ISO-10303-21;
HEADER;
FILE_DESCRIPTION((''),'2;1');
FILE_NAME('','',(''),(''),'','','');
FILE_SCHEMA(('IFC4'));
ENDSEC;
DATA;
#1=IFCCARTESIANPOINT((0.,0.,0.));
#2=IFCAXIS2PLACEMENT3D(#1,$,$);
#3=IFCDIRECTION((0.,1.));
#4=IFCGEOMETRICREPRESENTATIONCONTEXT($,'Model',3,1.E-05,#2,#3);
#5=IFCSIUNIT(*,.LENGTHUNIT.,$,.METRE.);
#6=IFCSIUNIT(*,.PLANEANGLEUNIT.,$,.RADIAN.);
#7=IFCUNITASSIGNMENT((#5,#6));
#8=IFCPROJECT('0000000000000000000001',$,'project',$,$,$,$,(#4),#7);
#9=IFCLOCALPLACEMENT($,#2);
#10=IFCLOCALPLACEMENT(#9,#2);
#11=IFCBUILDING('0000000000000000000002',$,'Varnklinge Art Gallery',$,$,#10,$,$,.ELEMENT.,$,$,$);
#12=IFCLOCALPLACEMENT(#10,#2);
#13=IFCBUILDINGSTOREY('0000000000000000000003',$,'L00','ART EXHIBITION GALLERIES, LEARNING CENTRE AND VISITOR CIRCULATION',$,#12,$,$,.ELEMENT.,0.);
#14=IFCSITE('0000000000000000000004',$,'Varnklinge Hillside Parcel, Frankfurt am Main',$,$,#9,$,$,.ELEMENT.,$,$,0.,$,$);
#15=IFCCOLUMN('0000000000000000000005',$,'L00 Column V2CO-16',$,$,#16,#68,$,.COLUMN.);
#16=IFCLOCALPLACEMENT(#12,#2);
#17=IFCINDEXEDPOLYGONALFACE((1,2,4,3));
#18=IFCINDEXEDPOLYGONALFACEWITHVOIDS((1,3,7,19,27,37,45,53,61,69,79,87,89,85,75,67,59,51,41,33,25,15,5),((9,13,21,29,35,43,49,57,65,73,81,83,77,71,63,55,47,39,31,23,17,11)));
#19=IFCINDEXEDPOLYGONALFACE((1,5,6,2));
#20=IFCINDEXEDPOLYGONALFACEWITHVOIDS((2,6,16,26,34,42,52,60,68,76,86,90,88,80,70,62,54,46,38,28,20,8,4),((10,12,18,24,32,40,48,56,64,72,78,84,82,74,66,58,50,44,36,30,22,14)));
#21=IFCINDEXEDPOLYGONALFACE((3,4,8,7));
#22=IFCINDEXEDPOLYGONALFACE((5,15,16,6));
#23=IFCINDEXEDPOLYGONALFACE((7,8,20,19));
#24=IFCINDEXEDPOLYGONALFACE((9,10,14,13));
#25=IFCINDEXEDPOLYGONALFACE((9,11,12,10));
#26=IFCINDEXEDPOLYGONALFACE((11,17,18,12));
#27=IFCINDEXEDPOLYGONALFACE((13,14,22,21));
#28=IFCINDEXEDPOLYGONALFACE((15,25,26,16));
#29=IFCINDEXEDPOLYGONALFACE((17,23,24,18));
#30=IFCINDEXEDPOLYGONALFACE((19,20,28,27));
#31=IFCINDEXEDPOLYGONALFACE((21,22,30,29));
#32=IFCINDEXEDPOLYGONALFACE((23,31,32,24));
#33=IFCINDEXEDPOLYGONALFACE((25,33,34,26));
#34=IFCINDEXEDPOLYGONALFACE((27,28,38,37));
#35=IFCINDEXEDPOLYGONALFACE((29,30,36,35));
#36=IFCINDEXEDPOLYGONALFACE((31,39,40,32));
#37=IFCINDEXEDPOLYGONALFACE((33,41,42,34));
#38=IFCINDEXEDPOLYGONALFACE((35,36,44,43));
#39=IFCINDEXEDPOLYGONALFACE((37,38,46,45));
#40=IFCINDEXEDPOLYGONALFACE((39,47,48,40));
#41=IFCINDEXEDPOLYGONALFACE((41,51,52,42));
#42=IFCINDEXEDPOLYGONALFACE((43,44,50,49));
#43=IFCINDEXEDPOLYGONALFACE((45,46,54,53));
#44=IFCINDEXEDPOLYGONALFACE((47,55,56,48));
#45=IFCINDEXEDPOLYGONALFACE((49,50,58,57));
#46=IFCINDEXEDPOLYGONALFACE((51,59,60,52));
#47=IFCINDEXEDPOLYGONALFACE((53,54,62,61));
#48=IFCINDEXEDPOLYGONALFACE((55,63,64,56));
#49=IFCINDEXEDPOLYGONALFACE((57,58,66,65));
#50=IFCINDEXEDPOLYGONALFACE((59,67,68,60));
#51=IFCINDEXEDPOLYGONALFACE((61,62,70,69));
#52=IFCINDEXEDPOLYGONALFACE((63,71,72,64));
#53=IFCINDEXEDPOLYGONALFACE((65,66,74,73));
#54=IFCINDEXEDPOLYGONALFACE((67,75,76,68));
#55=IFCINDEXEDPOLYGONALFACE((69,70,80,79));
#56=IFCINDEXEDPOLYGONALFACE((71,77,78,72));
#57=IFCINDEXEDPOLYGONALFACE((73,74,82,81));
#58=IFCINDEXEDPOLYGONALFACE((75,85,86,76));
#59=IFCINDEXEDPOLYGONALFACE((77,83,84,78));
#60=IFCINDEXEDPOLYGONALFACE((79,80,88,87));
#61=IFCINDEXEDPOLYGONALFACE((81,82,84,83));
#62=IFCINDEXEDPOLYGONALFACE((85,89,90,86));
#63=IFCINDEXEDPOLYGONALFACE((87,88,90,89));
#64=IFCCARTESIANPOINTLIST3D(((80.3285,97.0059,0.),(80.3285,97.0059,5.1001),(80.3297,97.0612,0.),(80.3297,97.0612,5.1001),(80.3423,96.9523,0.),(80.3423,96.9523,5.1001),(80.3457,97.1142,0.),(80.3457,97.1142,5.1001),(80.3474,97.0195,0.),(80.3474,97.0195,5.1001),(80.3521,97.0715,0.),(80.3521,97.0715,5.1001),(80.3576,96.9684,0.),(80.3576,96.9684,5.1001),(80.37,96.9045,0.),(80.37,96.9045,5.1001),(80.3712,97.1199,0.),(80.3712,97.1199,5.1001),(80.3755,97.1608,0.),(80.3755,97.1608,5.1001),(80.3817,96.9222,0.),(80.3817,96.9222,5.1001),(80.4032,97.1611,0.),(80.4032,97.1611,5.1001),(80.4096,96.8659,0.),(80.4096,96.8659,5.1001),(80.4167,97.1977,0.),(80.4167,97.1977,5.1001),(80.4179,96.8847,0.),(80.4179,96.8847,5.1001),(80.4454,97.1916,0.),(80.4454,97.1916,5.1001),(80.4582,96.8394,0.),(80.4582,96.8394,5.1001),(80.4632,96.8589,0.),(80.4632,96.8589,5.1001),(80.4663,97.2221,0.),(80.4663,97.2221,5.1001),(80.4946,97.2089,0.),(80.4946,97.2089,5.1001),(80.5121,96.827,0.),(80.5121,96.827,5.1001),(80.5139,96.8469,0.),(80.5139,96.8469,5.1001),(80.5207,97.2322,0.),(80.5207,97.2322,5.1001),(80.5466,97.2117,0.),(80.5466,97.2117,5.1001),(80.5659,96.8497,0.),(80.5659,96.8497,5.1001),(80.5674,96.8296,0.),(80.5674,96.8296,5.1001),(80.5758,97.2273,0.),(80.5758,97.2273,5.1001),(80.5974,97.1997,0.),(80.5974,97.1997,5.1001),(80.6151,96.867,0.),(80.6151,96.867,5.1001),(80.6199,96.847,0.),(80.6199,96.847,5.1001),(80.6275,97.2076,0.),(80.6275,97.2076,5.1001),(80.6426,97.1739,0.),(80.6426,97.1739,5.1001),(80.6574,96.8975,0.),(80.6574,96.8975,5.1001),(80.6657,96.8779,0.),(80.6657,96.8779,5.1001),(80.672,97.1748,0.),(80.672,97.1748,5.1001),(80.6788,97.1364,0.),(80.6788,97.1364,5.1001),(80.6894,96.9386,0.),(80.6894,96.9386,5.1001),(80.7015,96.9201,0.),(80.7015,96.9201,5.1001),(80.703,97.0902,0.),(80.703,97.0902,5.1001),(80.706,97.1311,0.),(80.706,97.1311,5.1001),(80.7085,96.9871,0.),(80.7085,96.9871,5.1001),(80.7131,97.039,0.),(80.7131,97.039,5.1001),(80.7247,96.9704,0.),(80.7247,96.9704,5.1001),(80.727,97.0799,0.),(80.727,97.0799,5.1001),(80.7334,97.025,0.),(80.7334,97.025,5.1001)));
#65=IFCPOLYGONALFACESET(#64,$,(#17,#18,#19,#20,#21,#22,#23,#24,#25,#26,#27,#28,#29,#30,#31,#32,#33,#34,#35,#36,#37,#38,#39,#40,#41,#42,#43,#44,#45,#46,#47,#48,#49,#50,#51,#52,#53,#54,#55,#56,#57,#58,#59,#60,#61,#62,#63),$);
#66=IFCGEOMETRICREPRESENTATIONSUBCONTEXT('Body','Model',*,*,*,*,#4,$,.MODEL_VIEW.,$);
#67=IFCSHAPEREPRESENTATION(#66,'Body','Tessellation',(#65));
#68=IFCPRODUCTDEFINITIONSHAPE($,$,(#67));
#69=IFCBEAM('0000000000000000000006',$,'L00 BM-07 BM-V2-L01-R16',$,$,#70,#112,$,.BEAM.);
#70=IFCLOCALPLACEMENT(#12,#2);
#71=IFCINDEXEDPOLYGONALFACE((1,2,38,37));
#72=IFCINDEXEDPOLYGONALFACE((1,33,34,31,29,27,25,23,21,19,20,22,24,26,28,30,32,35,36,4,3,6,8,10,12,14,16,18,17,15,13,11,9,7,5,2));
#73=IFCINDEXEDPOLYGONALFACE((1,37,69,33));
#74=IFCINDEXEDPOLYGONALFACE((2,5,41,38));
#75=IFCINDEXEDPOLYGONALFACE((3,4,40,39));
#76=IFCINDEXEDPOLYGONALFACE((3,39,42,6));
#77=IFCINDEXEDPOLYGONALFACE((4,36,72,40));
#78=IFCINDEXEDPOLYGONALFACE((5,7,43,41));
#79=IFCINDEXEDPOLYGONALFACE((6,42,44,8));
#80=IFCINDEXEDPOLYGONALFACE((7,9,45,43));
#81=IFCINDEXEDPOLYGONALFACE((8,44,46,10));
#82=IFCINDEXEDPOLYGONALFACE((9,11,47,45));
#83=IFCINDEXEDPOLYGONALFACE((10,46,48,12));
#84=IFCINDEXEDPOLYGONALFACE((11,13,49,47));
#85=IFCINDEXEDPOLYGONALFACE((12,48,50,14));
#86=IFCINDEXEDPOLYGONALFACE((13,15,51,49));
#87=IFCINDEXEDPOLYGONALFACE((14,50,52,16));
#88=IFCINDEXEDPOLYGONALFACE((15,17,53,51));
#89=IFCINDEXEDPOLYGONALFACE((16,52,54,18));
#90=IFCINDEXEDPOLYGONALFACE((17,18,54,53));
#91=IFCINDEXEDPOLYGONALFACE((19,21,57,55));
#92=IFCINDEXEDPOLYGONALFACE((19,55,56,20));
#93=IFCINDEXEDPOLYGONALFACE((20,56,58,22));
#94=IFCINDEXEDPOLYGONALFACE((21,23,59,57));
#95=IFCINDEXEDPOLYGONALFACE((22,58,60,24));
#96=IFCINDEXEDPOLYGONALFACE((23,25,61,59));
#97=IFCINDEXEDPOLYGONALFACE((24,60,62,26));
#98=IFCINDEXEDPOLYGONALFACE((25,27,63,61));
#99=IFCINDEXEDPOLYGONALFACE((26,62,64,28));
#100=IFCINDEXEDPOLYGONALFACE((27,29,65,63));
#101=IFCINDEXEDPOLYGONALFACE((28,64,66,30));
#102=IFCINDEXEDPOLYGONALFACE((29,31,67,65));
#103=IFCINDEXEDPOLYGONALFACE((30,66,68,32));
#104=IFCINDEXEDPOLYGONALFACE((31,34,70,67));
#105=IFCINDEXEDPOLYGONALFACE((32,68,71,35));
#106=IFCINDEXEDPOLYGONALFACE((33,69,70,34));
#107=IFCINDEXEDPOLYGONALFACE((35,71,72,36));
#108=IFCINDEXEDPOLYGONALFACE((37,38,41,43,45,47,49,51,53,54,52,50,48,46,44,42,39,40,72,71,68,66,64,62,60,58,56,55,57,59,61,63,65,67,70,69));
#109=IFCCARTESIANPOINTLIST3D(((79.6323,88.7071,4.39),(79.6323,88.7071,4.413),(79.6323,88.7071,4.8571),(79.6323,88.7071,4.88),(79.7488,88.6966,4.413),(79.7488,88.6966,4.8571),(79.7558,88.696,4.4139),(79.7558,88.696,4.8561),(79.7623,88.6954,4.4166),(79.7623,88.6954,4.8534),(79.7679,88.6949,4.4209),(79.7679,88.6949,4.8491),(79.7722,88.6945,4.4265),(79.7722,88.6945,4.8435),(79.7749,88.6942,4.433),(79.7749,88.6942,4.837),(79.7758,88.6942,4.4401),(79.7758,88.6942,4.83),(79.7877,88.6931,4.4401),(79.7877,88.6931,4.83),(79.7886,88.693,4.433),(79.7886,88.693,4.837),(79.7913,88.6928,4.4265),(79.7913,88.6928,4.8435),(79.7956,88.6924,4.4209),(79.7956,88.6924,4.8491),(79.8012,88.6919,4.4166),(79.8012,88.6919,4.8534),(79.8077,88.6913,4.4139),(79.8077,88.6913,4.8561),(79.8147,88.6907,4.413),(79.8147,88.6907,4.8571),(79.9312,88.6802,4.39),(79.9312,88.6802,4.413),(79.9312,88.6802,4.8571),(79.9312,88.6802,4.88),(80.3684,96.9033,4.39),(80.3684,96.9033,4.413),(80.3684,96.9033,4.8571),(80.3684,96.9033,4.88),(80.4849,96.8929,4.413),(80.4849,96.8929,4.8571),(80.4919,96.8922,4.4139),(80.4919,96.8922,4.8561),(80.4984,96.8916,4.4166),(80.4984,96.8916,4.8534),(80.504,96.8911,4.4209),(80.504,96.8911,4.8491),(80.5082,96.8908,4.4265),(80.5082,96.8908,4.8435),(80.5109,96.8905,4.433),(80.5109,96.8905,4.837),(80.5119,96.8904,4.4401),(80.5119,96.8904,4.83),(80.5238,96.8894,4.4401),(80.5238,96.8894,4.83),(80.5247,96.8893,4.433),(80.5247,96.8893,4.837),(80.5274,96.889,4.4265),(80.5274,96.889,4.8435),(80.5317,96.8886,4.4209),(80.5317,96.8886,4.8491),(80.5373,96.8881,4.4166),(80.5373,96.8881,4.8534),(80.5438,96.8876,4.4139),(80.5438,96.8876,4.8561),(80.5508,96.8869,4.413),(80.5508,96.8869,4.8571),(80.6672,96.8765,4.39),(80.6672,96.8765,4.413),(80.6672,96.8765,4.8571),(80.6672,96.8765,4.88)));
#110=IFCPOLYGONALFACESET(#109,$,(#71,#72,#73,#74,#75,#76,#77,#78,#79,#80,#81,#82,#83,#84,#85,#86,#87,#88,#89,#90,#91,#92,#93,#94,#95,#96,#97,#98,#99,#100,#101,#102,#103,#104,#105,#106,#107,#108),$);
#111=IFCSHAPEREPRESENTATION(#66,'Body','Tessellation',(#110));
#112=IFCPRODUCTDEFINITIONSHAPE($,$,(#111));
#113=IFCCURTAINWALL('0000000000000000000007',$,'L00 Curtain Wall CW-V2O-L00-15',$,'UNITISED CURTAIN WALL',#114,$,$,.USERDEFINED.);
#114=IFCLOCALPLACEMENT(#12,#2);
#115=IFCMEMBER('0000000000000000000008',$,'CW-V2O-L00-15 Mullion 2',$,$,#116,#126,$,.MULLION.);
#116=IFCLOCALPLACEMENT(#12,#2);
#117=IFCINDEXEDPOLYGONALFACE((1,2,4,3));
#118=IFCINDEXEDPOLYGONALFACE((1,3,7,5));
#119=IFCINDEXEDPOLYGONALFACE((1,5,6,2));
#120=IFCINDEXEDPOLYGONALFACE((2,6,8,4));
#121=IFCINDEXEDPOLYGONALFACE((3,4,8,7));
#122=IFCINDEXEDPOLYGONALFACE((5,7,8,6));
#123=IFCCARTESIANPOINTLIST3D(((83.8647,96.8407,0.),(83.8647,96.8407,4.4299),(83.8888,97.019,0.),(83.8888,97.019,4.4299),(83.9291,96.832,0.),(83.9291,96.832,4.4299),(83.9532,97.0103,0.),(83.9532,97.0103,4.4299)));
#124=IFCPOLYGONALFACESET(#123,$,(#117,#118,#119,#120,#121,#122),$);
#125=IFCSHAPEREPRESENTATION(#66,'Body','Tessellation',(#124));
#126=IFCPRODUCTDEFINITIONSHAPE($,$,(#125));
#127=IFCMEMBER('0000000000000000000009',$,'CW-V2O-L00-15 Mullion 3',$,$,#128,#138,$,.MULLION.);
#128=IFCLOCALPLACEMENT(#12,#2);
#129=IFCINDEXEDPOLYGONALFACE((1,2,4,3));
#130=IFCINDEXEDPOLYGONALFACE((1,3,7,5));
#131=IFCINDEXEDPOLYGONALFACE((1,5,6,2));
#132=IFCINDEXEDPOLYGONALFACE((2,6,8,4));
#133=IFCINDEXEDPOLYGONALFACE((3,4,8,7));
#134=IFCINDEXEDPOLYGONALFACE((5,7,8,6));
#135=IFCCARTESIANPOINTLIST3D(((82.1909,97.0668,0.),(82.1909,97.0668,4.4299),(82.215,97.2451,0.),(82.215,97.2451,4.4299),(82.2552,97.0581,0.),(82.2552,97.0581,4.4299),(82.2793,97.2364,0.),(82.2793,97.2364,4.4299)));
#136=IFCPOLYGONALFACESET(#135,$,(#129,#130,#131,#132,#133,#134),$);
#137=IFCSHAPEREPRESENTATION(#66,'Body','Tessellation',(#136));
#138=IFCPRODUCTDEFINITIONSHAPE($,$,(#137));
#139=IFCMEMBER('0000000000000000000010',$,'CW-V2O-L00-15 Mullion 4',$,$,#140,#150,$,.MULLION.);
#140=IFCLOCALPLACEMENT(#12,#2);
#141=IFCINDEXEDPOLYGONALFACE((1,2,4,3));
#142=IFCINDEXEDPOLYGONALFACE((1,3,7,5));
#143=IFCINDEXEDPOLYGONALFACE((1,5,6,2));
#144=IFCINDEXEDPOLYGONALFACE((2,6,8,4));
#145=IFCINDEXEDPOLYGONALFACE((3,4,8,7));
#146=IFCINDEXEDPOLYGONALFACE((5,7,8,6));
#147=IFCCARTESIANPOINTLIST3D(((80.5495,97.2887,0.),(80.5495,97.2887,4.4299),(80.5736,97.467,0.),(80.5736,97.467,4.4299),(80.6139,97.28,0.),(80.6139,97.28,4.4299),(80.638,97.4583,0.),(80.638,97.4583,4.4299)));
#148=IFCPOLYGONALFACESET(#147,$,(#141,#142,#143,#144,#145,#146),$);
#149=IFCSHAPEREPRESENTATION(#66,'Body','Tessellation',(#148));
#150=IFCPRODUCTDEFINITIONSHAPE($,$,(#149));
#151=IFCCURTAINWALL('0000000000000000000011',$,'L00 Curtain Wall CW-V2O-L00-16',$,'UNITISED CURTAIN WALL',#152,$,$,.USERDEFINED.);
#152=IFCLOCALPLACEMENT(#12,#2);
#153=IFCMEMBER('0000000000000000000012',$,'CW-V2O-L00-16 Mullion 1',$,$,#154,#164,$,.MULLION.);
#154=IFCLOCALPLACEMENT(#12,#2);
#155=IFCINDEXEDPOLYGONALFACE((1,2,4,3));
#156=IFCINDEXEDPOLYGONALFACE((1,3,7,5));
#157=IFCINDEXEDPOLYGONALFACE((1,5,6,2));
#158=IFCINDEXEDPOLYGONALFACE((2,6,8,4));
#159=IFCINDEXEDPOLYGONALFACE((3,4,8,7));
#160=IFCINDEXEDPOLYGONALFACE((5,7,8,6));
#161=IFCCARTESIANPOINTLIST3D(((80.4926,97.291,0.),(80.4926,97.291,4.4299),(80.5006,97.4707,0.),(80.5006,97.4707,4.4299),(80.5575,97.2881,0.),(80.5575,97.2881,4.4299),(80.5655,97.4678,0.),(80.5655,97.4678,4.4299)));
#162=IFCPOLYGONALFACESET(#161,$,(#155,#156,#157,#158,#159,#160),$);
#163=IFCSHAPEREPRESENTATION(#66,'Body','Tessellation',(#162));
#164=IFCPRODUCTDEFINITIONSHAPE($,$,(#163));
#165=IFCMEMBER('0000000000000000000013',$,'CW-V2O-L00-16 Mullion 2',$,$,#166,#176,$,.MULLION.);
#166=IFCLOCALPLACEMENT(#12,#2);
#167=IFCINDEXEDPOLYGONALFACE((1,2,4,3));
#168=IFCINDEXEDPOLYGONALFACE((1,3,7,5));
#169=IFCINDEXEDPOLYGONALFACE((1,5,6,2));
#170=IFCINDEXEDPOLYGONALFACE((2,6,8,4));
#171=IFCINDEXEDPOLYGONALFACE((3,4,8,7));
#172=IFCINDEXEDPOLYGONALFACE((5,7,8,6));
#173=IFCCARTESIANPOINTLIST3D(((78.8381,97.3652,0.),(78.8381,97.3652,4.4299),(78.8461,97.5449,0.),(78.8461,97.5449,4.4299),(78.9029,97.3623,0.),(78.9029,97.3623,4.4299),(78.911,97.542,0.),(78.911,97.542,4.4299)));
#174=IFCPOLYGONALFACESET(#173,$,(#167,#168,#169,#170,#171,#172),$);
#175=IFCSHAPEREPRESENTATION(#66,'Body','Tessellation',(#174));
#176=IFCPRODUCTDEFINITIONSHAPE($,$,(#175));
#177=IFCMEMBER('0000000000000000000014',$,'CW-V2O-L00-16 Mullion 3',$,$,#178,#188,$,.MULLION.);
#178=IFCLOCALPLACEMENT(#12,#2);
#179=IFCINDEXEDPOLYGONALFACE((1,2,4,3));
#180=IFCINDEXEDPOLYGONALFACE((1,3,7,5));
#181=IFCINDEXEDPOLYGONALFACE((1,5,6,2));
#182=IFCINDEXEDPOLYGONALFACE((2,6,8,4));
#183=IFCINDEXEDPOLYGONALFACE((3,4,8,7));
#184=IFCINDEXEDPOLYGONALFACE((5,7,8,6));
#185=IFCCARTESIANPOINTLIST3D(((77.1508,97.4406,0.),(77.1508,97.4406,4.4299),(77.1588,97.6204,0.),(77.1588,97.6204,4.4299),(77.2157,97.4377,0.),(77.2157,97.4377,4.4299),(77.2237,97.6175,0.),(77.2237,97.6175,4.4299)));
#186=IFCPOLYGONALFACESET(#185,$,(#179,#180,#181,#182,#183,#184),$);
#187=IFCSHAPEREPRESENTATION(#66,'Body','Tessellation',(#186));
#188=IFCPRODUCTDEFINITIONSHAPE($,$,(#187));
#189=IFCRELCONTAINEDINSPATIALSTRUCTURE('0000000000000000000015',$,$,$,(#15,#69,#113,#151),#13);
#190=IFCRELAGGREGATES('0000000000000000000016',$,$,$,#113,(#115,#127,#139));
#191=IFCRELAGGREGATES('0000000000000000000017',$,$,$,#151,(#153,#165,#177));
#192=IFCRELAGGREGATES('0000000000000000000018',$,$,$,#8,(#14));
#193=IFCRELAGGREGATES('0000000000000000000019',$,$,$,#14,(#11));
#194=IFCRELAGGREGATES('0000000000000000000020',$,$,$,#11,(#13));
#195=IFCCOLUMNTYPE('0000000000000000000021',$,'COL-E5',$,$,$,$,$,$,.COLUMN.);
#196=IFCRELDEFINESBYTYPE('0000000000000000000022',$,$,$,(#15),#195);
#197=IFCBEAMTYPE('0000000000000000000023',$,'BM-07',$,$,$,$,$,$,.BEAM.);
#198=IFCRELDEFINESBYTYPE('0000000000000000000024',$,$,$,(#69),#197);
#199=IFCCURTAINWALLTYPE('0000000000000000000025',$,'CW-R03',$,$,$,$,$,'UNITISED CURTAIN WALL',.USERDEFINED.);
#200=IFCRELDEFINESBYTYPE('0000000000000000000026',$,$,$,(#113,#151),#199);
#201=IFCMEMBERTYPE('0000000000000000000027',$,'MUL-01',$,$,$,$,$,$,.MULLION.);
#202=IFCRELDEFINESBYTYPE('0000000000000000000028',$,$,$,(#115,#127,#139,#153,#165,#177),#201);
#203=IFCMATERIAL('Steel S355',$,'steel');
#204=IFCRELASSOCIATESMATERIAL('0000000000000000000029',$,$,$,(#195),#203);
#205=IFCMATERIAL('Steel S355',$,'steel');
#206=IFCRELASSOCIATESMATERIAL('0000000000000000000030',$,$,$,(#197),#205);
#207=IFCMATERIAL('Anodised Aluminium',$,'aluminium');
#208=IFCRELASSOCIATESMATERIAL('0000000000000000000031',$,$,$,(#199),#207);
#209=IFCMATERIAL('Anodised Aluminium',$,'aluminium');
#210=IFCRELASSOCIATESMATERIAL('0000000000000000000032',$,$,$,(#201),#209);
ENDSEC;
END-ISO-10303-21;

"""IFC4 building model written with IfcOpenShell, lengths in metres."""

from ifc_helpers import new_model, si_unit, direction, frame, origin, origin_2d, place, context, subcontext, project, spatial, rectangle, hollow_circle, i_section, extrude, material, material_profile, profile_set, type_object, element, aggregate, save


model = new_model("IFC4")

# Units and contexts
model_context = context("Model", 3, precision=1e-05, world=origin(), true_north=direction((0.0, 1.0)))
body_context = subcontext(model_context, "Body", "Model", "MODEL_VIEW")
ifc_project = project(units=[si_unit("LENGTHUNIT", "METRE"), si_unit("PLANEANGLEUNIT", "RADIAN")], contexts=[model_context])

# Site, building, storey
site_placement = place(None, origin())
site = spatial("IfcSite", under=ifc_project, at=site_placement, Name="Varnklinge Hillside Parcel, Frankfurt am Main", CompositionType="ELEMENT", RefElevation=0.0)
building_placement = place(site_placement, origin())
building = spatial("IfcBuilding", under=site, at=building_placement, Name="Varnklinge Art Gallery", CompositionType="ELEMENT")
storey_placement = place(building_placement, origin())
storey = spatial("IfcBuildingStorey", under=building, at=storey_placement, Name="L00", Description="ART EXHIBITION GALLERIES, LEARNING CENTRE AND VISITOR CIRCULATION", CompositionType="ELEMENT", Elevation=0.0)

# Column
ifc_material_1 = material(Name="Steel S355", Category="steel")
ifc_material_profile_1 = material_profile(ifc_material_1, hollow_circle(Radius=0.2031, WallThickness=0.02, at=origin_2d()), Name="CHS 406.4x20")
ifc_profile_set_1 = profile_set([ifc_material_profile_1], Name="Steel S355")
column_type = type_object("IfcColumnType", Name="COL-E5", PredefinedType="COLUMN", material=ifc_profile_set_1)
column_placement = place(storey_placement, frame((80.5303, 97.0293, 0.0), z_axis=(0.0, 0.0, 1.0), x_axis=(-0.089416, -0.995994, 0.0)))
element("IfcColumn", 1, at=column_placement, inside=storey, type_object=column_type, Name="L00 Column V2CO-16", PredefinedType="COLUMN", context=body_context, shape_type="SweptSolid", body=[
    extrude(hollow_circle(Radius=0.2031, WallThickness=0.02, at=origin_2d()), origin(), (0.0, 0.0, 1.0), 5.1001),
])

# Beam
ifc_material_2 = material(Name="Steel S355", Category="steel")
ifc_material_profile_2 = material_profile(ifc_material_2, i_section(OverallWidth=0.3, OverallDepth=0.49, WebThickness=0.012, FlangeThickness=0.0229, FilletRadius=0.0271, at=origin_2d()), Name="HEA 500")
ifc_profile_set_2 = profile_set([ifc_material_profile_2], Name="Steel S355")
beam_type_1 = type_object("IfcBeamType", Name="BM-07", PredefinedType="BEAM", material=ifc_profile_set_2)
beam_1_placement = place(storey_placement, frame((80.5178, 96.8899, 4.635), z_axis=(-0.089447, -0.995992, 0.0), x_axis=(0.995992, -0.089447, 0.0)))
element("IfcBeam", 2, at=beam_1_placement, inside=storey, type_object=beam_type_1, Name="L00 BM-07 BM-V2-L01-R16", PredefinedType="BEAM", context=body_context, shape_type="SweptSolid", body=[
    extrude(i_section(OverallWidth=0.3, OverallDepth=0.49, WebThickness=0.012, FlangeThickness=0.0229, FilletRadius=0.0271, at=origin_2d()), origin(), (0.0, 0.0, 1.0), 8.2292),
])

# Curtain walls, members
ifc_material_3 = material(Name="Anodised Aluminium", Category="aluminium")
curtain_wall_type = type_object("IfcCurtainWallType", Name="CW-R03", ElementType="UNITISED CURTAIN WALL", PredefinedType="USERDEFINED", material=ifc_material_3)
curtain_wall_1_placement = place(storey_placement, origin())
curtain_wall_1 = element("IfcCurtainWall", 3, at=curtain_wall_1_placement, inside=storey, type_object=curtain_wall_type, Name="L00 Curtain Wall CW-V2O-L00-15", ObjectType="UNITISED CURTAIN WALL", PredefinedType="USERDEFINED")
ifc_material_4 = material(Name="Anodised Aluminium", Category="aluminium")
ifc_material_profile_3 = material_profile(ifc_material_4, rectangle(XDim=0.0649, YDim=0.1799, at=origin_2d()), Name="ALU 65x180")
ifc_profile_set_3 = profile_set([ifc_material_profile_3], Name="Anodised Aluminium")
member_type_1 = type_object("IfcMemberType", Name="MUL-01", PredefinedType="MULLION", material=ifc_profile_set_3)
member_1_placement = place(storey_placement, frame((83.9089, 96.9255, 0.0), z_axis=(0.0, 0.0, 1.0), x_axis=(-0.990983, 0.133986, 0.0)))
member_1 = element("IfcMember", 4, at=member_1_placement, type_object=member_type_1, Name="CW-V2O-L00-15 Mullion 2", PredefinedType="MULLION", context=body_context, shape_type="SweptSolid", body=[
    extrude(rectangle(XDim=0.0649, YDim=0.1799, at=origin_2d()), origin(), (0.0, 0.0, 1.0), 4.4299),
])
member_2_placement = place(storey_placement, frame((82.2351, 97.1516, 0.0), z_axis=(0.0, 0.0, 1.0), x_axis=(-0.990983, 0.133986, 0.0)))
member_2 = element("IfcMember", 5, at=member_2_placement, type_object=member_type_1, Name="CW-V2O-L00-15 Mullion 3", PredefinedType="MULLION", context=body_context, shape_type="SweptSolid", body=[
    extrude(rectangle(XDim=0.0649, YDim=0.1799, at=origin_2d()), origin(), (0.0, 0.0, 1.0), 4.4299),
])
member_3_placement = place(storey_placement, frame((80.5938, 97.3735, 0.0), z_axis=(0.0, 0.0, 1.0), x_axis=(-0.990983, 0.133986, 0.0)))
member_3 = element("IfcMember", 6, at=member_3_placement, type_object=member_type_1, Name="CW-V2O-L00-15 Mullion 4", PredefinedType="MULLION", context=body_context, shape_type="SweptSolid", body=[
    extrude(rectangle(XDim=0.0649, YDim=0.1799, at=origin_2d()), origin(), (0.0, 0.0, 1.0), 4.4299),
])
curtain_wall_2_placement = place(storey_placement, origin())
curtain_wall_2 = element("IfcCurtainWall", 7, at=curtain_wall_2_placement, inside=storey, type_object=curtain_wall_type, Name="L00 Curtain Wall CW-V2O-L00-16", ObjectType="UNITISED CURTAIN WALL", PredefinedType="USERDEFINED")
member_4_placement = place(storey_placement, frame((80.5291, 97.3794, 0.0), z_axis=(0.0, 0.0, 1.0), x_axis=(-0.999002, 0.044666, 0.0)))
member_4 = element("IfcMember", 8, at=member_4_placement, type_object=member_type_1, Name="CW-V2O-L00-16 Mullion 1", PredefinedType="MULLION", context=body_context, shape_type="SweptSolid", body=[
    extrude(rectangle(XDim=0.0649, YDim=0.1799, at=origin_2d()), origin(), (0.0, 0.0, 1.0), 4.4299),
])
member_5_placement = place(storey_placement, frame((78.8745, 97.4536, 0.0), z_axis=(0.0, 0.0, 1.0), x_axis=(-0.999002, 0.044666, 0.0)))
member_5 = element("IfcMember", 9, at=member_5_placement, type_object=member_type_1, Name="CW-V2O-L00-16 Mullion 2", PredefinedType="MULLION", context=body_context, shape_type="SweptSolid", body=[
    extrude(rectangle(XDim=0.0649, YDim=0.1799, at=origin_2d()), origin(), (0.0, 0.0, 1.0), 4.4299),
])
member_6_placement = place(storey_placement, frame((77.1873, 97.5291, 0.0), z_axis=(0.0, 0.0, 1.0), x_axis=(-0.999002, 0.044666, 0.0)))
member_6 = element("IfcMember", 10, at=member_6_placement, type_object=member_type_1, Name="CW-V2O-L00-16 Mullion 3", PredefinedType="MULLION", context=body_context, shape_type="SweptSolid", body=[
    extrude(rectangle(XDim=0.0649, YDim=0.1799, at=origin_2d()), origin(), (0.0, 0.0, 1.0), 4.4299),
])

aggregate(curtain_wall_1, [member_1, member_2, member_3])
aggregate(curtain_wall_2, [member_4, member_5, member_6])

save(model, "model.ifc")
